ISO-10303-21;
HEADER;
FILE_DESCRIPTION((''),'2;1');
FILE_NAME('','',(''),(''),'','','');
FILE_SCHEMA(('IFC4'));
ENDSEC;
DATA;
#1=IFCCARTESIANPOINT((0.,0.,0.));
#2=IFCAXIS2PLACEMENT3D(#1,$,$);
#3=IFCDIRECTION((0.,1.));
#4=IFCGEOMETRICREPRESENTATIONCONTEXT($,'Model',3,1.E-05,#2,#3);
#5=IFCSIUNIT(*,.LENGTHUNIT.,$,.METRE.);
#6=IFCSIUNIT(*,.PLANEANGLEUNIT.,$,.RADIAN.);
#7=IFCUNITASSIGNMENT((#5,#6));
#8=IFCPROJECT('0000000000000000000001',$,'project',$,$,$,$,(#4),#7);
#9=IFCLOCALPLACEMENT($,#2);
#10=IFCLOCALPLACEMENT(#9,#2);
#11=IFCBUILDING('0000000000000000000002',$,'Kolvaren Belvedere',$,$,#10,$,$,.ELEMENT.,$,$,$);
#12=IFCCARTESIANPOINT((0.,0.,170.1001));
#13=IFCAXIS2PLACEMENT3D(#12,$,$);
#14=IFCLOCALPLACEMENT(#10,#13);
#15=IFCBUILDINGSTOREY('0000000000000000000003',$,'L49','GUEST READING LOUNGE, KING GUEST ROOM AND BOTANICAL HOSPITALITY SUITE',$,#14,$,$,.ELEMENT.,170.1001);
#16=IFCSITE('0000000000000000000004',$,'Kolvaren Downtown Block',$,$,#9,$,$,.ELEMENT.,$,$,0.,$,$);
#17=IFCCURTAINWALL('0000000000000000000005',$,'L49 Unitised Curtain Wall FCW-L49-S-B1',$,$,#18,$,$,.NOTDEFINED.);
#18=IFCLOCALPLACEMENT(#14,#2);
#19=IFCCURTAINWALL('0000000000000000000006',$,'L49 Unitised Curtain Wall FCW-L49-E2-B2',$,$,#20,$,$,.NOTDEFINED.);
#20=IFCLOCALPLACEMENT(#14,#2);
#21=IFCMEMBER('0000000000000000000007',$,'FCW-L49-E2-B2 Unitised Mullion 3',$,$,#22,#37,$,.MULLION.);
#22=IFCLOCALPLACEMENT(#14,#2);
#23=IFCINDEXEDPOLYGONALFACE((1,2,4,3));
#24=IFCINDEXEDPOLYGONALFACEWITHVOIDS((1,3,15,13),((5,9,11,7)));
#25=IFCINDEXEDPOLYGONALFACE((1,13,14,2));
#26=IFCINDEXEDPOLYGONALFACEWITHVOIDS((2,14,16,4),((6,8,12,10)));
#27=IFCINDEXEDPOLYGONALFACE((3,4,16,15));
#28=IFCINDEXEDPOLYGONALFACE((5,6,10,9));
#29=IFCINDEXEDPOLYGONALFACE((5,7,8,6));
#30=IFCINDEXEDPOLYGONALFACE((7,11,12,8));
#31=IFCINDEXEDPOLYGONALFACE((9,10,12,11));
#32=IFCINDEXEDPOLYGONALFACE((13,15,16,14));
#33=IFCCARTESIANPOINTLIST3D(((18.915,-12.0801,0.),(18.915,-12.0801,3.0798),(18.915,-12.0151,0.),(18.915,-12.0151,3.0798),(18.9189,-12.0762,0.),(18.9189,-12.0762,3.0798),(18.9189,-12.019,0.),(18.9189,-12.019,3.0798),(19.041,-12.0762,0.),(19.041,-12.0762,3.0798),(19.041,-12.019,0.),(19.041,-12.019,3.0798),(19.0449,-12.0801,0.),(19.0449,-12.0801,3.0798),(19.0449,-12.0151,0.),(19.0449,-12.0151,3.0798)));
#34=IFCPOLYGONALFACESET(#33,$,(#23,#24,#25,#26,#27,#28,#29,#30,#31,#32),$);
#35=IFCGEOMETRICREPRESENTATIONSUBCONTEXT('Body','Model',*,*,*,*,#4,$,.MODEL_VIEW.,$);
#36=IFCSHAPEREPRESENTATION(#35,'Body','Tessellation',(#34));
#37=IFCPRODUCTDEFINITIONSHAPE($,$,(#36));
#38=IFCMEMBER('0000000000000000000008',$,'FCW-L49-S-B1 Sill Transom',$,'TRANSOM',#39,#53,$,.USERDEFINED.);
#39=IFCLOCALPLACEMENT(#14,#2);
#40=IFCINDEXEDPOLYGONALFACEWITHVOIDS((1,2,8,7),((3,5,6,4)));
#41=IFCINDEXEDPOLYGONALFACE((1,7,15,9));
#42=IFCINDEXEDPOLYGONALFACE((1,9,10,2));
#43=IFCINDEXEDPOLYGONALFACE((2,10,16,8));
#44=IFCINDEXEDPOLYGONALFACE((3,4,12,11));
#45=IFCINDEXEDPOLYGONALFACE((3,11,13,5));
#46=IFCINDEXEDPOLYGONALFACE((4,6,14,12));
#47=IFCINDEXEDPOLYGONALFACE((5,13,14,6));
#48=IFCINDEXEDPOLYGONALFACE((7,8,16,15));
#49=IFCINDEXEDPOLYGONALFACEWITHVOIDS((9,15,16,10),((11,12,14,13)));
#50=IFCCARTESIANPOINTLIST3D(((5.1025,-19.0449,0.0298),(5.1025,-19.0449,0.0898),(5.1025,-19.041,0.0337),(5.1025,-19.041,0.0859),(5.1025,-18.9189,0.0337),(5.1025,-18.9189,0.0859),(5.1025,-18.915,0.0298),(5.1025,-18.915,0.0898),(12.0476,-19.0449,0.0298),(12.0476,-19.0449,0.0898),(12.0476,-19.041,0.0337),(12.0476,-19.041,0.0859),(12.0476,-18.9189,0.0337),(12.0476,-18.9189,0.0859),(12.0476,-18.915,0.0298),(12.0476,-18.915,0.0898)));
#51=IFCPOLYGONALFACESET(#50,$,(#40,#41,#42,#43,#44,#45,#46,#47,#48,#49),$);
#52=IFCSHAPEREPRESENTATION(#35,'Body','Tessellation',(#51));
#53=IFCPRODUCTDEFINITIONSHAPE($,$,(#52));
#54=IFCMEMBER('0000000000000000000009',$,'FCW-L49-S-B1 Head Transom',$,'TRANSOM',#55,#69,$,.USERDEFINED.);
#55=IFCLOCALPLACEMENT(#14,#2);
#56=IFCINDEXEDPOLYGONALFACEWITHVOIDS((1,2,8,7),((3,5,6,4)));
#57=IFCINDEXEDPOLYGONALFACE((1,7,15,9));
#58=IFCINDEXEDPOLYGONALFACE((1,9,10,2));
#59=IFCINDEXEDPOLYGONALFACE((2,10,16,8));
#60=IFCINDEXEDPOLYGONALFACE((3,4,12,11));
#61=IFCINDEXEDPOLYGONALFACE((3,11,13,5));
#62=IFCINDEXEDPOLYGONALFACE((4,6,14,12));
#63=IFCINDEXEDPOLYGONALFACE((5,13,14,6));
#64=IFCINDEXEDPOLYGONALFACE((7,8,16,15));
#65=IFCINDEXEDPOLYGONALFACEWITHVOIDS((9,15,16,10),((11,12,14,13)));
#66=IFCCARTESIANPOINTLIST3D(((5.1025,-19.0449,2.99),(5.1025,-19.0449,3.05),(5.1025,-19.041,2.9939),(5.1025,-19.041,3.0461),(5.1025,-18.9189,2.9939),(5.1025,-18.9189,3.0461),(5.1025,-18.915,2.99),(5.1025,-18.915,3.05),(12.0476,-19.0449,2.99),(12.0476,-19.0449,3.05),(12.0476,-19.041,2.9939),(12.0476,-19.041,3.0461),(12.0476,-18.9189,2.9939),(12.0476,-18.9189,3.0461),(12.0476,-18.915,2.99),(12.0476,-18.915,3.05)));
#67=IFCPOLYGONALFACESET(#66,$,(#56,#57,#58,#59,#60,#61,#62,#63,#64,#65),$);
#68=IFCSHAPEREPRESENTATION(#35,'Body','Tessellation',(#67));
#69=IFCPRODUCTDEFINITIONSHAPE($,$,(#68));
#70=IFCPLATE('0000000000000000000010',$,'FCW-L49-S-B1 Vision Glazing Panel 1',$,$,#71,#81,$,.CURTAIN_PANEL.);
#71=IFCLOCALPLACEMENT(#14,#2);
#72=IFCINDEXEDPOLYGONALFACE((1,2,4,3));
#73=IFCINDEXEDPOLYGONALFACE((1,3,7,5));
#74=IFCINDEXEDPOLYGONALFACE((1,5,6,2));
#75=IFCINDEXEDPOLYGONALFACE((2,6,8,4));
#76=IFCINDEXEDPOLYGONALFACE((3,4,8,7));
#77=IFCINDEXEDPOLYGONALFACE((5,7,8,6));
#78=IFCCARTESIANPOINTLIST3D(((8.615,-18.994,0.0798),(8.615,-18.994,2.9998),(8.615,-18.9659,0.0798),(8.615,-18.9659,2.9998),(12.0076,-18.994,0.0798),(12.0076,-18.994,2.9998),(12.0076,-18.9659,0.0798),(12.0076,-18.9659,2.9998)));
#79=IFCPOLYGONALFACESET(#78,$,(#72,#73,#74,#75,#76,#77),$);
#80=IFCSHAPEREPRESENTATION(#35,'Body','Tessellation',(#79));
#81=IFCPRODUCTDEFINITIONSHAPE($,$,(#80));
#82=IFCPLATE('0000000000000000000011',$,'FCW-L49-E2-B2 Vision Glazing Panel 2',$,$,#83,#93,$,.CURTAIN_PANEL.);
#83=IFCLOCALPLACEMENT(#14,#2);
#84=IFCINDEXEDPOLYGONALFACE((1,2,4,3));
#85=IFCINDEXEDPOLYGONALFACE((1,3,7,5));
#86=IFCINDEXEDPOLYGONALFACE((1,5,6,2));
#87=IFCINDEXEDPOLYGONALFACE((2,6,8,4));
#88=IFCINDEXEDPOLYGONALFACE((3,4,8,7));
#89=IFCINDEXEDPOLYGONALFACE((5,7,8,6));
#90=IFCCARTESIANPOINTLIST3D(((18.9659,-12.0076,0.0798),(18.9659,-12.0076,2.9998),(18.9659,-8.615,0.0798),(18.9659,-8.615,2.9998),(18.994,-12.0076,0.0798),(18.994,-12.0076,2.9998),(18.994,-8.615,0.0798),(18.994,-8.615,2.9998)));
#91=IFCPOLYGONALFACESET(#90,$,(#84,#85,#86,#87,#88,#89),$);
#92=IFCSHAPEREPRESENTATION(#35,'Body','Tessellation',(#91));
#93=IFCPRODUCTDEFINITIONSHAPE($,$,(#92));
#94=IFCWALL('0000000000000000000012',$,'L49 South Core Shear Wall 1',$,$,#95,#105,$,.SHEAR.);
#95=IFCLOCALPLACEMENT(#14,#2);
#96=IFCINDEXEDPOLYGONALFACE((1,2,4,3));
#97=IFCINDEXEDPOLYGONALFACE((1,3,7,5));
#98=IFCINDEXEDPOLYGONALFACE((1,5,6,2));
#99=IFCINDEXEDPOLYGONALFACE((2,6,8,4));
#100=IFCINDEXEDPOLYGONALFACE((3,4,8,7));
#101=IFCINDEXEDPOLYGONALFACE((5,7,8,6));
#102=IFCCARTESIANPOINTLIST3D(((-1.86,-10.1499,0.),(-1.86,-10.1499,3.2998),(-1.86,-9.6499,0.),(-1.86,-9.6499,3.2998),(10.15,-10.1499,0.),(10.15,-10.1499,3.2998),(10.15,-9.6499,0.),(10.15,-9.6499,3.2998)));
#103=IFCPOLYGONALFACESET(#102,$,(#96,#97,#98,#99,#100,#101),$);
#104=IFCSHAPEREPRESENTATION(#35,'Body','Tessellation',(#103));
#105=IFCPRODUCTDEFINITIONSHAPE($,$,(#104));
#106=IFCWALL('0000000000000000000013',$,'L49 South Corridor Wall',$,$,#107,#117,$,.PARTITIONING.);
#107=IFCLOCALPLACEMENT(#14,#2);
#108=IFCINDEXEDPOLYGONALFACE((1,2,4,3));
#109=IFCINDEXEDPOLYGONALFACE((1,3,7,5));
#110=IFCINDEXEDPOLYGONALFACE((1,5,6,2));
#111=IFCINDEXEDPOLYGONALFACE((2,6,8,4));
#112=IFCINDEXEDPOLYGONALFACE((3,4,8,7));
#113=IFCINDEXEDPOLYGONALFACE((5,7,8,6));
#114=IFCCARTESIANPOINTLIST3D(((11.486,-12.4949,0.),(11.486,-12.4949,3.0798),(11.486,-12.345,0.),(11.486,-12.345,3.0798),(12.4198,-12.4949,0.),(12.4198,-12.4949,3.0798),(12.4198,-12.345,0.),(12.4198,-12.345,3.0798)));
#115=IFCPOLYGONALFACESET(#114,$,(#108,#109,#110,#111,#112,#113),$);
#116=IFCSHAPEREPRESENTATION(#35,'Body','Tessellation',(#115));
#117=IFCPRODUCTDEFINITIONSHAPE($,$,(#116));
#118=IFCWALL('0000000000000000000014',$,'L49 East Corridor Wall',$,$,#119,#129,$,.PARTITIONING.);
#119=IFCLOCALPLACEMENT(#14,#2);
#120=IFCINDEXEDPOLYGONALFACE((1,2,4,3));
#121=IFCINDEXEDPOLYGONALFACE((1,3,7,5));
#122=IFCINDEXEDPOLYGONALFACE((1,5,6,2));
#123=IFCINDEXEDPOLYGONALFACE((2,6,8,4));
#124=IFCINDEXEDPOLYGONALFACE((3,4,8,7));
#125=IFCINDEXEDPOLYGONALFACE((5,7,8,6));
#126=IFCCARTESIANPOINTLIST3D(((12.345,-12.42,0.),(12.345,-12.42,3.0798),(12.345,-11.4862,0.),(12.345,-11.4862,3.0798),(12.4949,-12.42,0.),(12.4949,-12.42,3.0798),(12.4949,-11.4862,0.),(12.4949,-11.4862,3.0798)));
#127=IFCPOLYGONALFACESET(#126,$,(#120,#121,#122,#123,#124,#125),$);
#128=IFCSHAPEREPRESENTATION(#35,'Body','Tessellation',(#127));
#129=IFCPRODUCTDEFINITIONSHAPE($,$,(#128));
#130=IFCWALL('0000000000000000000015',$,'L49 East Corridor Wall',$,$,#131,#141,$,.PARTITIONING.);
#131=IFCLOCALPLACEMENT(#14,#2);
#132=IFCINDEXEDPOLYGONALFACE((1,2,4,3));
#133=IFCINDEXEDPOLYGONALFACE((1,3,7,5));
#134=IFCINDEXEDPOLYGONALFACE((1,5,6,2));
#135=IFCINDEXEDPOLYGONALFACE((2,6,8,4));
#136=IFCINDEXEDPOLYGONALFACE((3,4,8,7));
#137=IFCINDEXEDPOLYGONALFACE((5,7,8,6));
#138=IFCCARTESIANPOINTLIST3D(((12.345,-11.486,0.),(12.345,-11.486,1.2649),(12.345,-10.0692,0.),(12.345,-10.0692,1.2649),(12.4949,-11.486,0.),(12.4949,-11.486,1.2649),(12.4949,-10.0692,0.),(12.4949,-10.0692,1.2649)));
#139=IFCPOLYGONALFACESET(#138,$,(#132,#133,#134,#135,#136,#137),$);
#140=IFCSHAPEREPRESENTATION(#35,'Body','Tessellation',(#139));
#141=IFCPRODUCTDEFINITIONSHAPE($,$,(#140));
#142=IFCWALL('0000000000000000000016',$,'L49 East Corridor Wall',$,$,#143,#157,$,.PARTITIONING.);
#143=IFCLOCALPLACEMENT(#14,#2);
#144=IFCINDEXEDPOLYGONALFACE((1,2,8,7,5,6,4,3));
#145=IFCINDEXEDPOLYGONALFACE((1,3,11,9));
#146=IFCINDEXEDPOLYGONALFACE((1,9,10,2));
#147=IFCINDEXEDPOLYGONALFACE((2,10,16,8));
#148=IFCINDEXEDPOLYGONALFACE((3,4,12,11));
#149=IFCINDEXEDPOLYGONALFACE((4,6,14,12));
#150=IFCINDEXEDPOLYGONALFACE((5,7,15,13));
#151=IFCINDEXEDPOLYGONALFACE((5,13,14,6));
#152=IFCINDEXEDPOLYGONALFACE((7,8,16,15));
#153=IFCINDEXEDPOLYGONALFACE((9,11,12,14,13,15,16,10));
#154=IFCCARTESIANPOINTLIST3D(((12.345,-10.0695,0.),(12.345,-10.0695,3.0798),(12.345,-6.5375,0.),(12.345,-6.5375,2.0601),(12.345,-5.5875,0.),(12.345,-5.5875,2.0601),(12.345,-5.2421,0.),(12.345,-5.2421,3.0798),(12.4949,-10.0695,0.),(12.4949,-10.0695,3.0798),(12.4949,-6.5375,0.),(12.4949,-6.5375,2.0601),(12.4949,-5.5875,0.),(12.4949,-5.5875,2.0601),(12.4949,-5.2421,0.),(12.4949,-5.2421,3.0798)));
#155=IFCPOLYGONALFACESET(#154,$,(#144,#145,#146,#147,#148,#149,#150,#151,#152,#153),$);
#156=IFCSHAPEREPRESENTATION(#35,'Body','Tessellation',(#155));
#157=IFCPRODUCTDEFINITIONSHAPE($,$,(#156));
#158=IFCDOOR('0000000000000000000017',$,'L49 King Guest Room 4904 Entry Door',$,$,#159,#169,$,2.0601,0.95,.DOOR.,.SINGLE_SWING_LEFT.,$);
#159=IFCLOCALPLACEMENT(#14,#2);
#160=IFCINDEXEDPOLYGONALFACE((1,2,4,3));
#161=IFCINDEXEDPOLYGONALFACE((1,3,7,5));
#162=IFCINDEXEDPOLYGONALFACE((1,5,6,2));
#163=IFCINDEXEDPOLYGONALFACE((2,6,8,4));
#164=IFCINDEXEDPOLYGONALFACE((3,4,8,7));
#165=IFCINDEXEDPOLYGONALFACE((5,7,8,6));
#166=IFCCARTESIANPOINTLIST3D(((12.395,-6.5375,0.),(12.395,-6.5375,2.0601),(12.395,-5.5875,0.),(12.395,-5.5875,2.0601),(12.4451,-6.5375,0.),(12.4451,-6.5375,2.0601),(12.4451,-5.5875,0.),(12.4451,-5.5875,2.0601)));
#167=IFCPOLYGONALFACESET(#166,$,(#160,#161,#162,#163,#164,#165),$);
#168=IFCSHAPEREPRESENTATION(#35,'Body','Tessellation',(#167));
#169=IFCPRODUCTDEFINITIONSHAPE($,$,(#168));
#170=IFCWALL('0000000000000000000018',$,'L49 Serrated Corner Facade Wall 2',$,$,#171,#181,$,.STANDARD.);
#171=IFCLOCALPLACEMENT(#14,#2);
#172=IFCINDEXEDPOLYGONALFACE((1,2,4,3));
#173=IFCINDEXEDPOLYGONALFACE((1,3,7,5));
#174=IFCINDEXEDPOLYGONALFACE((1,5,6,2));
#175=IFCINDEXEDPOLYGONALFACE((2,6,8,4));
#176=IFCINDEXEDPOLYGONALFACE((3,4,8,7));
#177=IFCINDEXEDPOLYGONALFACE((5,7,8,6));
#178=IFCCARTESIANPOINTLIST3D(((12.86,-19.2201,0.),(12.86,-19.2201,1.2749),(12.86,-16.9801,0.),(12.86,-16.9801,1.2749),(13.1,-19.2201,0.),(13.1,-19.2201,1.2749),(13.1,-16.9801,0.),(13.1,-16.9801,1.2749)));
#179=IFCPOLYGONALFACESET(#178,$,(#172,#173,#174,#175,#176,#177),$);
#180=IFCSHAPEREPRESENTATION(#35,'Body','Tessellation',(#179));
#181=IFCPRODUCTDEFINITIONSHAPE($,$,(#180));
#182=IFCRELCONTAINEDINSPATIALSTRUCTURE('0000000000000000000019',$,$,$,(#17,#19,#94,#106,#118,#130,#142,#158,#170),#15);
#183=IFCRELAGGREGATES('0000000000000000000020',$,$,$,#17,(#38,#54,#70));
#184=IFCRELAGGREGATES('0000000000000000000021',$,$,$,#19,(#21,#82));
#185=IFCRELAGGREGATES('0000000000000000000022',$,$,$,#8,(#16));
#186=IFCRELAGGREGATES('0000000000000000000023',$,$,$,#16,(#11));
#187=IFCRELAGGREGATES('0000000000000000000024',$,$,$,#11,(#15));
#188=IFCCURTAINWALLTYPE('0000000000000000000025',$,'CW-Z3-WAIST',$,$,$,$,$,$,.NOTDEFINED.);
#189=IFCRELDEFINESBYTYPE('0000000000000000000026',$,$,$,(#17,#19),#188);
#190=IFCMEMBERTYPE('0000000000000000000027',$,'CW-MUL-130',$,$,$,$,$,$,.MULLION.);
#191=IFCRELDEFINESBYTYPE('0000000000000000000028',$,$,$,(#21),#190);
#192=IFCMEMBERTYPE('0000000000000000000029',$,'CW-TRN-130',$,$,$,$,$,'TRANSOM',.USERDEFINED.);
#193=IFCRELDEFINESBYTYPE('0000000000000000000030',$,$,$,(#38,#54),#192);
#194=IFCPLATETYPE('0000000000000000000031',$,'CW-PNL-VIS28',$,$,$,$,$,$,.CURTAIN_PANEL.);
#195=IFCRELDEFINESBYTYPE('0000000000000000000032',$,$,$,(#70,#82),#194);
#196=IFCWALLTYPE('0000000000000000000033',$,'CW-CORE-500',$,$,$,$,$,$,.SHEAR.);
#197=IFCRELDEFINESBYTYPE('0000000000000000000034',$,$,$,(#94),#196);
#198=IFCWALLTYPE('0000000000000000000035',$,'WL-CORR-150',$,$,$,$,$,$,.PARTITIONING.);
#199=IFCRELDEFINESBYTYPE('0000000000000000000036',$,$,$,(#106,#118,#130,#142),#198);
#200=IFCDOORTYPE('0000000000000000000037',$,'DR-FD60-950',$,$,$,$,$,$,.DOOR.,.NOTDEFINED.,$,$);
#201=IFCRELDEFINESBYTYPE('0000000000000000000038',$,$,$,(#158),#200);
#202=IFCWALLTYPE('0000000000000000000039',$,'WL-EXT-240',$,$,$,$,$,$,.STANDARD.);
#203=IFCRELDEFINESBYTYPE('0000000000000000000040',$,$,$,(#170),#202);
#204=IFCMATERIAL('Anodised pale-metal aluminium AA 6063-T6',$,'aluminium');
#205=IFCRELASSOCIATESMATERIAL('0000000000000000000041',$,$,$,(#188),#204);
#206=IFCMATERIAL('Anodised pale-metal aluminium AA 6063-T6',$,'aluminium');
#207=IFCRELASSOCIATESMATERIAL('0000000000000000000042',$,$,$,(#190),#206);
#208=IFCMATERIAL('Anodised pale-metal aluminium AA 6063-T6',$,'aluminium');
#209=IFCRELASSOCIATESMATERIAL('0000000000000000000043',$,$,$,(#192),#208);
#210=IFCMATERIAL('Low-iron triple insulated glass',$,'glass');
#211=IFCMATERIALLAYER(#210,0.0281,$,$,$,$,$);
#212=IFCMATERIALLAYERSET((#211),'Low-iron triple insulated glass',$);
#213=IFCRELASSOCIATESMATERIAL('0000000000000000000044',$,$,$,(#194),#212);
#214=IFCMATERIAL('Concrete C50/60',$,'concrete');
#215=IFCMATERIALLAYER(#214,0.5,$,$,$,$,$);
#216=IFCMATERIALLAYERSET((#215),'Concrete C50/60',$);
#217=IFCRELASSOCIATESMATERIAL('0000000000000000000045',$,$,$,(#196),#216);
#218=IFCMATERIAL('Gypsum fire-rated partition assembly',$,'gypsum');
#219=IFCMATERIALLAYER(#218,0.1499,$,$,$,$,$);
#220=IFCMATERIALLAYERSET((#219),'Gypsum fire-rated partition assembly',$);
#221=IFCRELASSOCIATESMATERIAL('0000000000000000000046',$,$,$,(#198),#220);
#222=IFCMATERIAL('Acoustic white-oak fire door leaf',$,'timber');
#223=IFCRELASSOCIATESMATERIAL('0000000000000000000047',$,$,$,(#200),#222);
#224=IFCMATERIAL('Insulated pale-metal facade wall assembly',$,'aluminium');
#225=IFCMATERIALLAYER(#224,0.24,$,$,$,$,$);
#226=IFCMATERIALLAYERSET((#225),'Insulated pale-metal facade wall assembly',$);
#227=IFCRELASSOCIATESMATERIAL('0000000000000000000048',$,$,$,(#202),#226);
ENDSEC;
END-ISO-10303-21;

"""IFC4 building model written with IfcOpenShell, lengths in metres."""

from ifc_helpers import new_model, si_unit, direction, frame, frame_2d, origin, origin_2d, place, context, subcontext, project, spatial, rectangle, hollow_rectangle, extrude, material, layer, layer_set, material_profile, profile_set, type_object, element, fill, aggregate, save


model = new_model("IFC4")

# Units and contexts
model_context = context("Model", 3, precision=1e-05, world=origin(), true_north=direction((0.0, 1.0)))
body_context = subcontext(model_context, "Body", "Model", "MODEL_VIEW")
ifc_project = project(units=[si_unit("LENGTHUNIT", "METRE"), si_unit("PLANEANGLEUNIT", "RADIAN")], contexts=[model_context])

# Site, building, storey
site_placement = place(None, origin())
site = spatial("IfcSite", under=ifc_project, at=site_placement, Name="Kolvaren Downtown Block", CompositionType="ELEMENT", RefElevation=0.0)
building_placement = place(site_placement, origin())
building = spatial("IfcBuilding", under=site, at=building_placement, Name="Kolvaren Belvedere", CompositionType="ELEMENT")
storey_placement = place(building_placement, frame((0.0, 0.0, 170.1001)))
storey = spatial("IfcBuildingStorey", under=building, at=storey_placement, Name="L49", Description="GUEST READING LOUNGE, KING GUEST ROOM AND BOTANICAL HOSPITALITY SUITE", CompositionType="ELEMENT", Elevation=170.1001)

# Curtain walls, member
ifc_material_1 = material(Name="Anodised pale-metal aluminium AA 6063-T6", Category="aluminium")
curtain_wall_type = type_object("IfcCurtainWallType", Name="CW-Z3-WAIST", PredefinedType="NOTDEFINED", material=ifc_material_1)
curtain_wall_1_placement = place(storey_placement, origin())
curtain_wall_1 = element("IfcCurtainWall", 1, at=curtain_wall_1_placement, inside=storey, type_object=curtain_wall_type, Name="L49 Unitised Curtain Wall FCW-L49-S-B1", PredefinedType="NOTDEFINED")
ifc_material_2 = material(Name="Anodised pale-metal aluminium AA 6063-T6", Category="aluminium")
ifc_material_profile_1 = material_profile(ifc_material_2, hollow_rectangle(XDim=0.0649, YDim=0.1299, WallThickness=0.0039, at=origin_2d()), Name="ALU-MUL-130X65")
ifc_profile_set_1 = profile_set([ifc_material_profile_1], Name="Anodised pale-metal aluminium AA 6063-T6")
member_type_1 = type_object("IfcMemberType", Name="CW-MUL-130", PredefinedType="MULLION", material=ifc_profile_set_1)
curtain_wall_2_placement = place(storey_placement, origin())
curtain_wall_2 = element("IfcCurtainWall", 2, at=curtain_wall_2_placement, inside=storey, type_object=curtain_wall_type, Name="L49 Unitised Curtain Wall FCW-L49-E2-B2", PredefinedType="NOTDEFINED")
member_1_placement = place(storey_placement, frame((18.98, -12.0476, 0.0), z_axis=(0.0, 0.0, 1.0), x_axis=(0.0, 1.0, 0.0)))
member_1 = element("IfcMember", 3, at=member_1_placement, type_object=member_type_1, Name="FCW-L49-E2-B2 Unitised Mullion 3", PredefinedType="MULLION", context=body_context, shape_type="SweptSolid", body=[
    extrude(hollow_rectangle(XDim=0.0649, YDim=0.1299, WallThickness=0.0039, at=origin_2d()), origin(), (0.0, 0.0, 1.0), 3.0798),
])

# Members
ifc_material_3 = material(Name="Anodised pale-metal aluminium AA 6063-T6", Category="aluminium")
ifc_material_profile_2 = material_profile(ifc_material_3, hollow_rectangle(XDim=0.0601, YDim=0.1299, WallThickness=0.0039, at=origin_2d()), Name="ALU-TRN-130X60")
ifc_profile_set_2 = profile_set([ifc_material_profile_2], Name="Anodised pale-metal aluminium AA 6063-T6")
member_type_2 = type_object("IfcMemberType", Name="CW-TRN-130", ElementType="TRANSOM", PredefinedType="USERDEFINED", material=ifc_profile_set_2)
member_2_placement = place(storey_placement, frame((12.0476, -18.98, 0.0598), z_axis=(-1.0, 0.0, 0.0), x_axis=(0.0, 0.0, 1.0)))
member_2 = element("IfcMember", 4, at=member_2_placement, type_object=member_type_2, Name="FCW-L49-S-B1 Sill Transom", ObjectType="TRANSOM", PredefinedType="USERDEFINED", context=body_context, shape_type="SweptSolid", body=[
    extrude(hollow_rectangle(XDim=0.0601, YDim=0.1299, WallThickness=0.0039, at=origin_2d()), origin(), (0.0, 0.0, 1.0), 6.9451),
])
member_3_placement = place(storey_placement, frame((12.0476, -18.98, 3.02), z_axis=(-1.0, 0.0, 0.0), x_axis=(0.0, 0.0, 1.0)))
member_3 = element("IfcMember", 5, at=member_3_placement, type_object=member_type_2, Name="FCW-L49-S-B1 Head Transom", ObjectType="TRANSOM", PredefinedType="USERDEFINED", context=body_context, shape_type="SweptSolid", body=[
    extrude(hollow_rectangle(XDim=0.0601, YDim=0.1299, WallThickness=0.0039, at=origin_2d()), origin(), (0.0, 0.0, 1.0), 6.9451),
])

# Plates
ifc_material_4 = material(Name="Low-iron triple insulated glass", Category="glass")
ifc_layer_1 = layer(ifc_material_4, 0.0281)
ifc_layer_set_1 = layer_set([ifc_layer_1], Name="Low-iron triple insulated glass")
plate_type = type_object("IfcPlateType", Name="CW-PNL-VIS28", PredefinedType="CURTAIN_PANEL", material=ifc_layer_set_1)
plate_1_placement = place(storey_placement, frame((10.3113, -18.98, 0.0798), z_axis=(0.0, 0.0, 1.0), x_axis=(-1.0, 0.0, 0.0)))
plate_1 = element("IfcPlate", 6, at=plate_1_placement, type_object=plate_type, Name="FCW-L49-S-B1 Vision Glazing Panel 1", PredefinedType="CURTAIN_PANEL", context=body_context, shape_type="SweptSolid", body=[
    extrude(rectangle(XDim=3.3926, YDim=0.0281, at=origin_2d()), origin(), (0.0, 0.0, 1.0), 2.9199),
])
aggregate(curtain_wall_1, [member_2, member_3, plate_1])
plate_2_placement = place(storey_placement, frame((18.98, -10.3113, 0.0798), z_axis=(0.0, 0.0, 1.0), x_axis=(0.0, -1.0, 0.0)))
plate_2 = element("IfcPlate", 7, at=plate_2_placement, type_object=plate_type, Name="FCW-L49-E2-B2 Vision Glazing Panel 2", PredefinedType="CURTAIN_PANEL", context=body_context, shape_type="SweptSolid", body=[
    extrude(rectangle(XDim=3.3926, YDim=0.0281, at=origin_2d()), origin(), (0.0, 0.0, 1.0), 2.9199),
])
aggregate(curtain_wall_2, [member_1, plate_2])

# Walls
ifc_material_5 = material(Name="Concrete C50/60", Category="concrete")
ifc_layer_2 = layer(ifc_material_5, 0.5)
ifc_layer_set_2 = layer_set([ifc_layer_2], Name="Concrete C50/60")
wall_type_1 = type_object("IfcWallType", Name="CW-CORE-500", PredefinedType="SHEAR", material=ifc_layer_set_2)
wall_1_placement = place(storey_placement, frame((10.1499, -9.8999, 0.0), z_axis=(0.0, 0.0, 1.0), x_axis=(-1.0, 0.0, 0.0)))
element("IfcWall", 8, at=wall_1_placement, inside=storey, type_object=wall_type_1, Name="L49 South Core Shear Wall 1", PredefinedType="SHEAR", context=body_context, shape_type="SweptSolid", body=[
    extrude(rectangle(XDim=12.01, YDim=0.5, at=frame_2d((6.0049, 0.0))), origin(), (0.0, 0.0, 1.0), 3.2998),
])
ifc_material_6 = material(Name="Gypsum fire-rated partition assembly", Category="gypsum")
ifc_layer_3 = layer(ifc_material_6, 0.1499)
ifc_layer_set_3 = layer_set([ifc_layer_3], Name="Gypsum fire-rated partition assembly")
wall_type_2 = type_object("IfcWallType", Name="WL-CORR-150", PredefinedType="PARTITIONING", material=ifc_layer_set_3)
for number, where, z_axis, x_axis, name in (
    (9, (11.4861, -12.4199, 0.0), (0.0, 0.0, 1.0), (1.0, 0.0, 0.0), "L49 South Corridor Wall"),
    (10, (12.4199, -12.4199, 0.0), (0.0, 0.0, 1.0), (0.0, 1.0, 0.0), "L49 East Corridor Wall"),
):
    element("IfcWall", number, at=place(storey_placement, frame(where, z_axis=z_axis, x_axis=x_axis)), inside=storey, type_object=wall_type_2, Name=name, PredefinedType="PARTITIONING", context=body_context, shape_type="SweptSolid", body=[
        extrude(rectangle(XDim=0.9338, YDim=0.1499, at=frame_2d((0.4668, 0.0))), origin(), (0.0, 0.0, 1.0), 3.0798),
    ])
wall_2_placement = place(storey_placement, frame((12.4199, -11.4861, 0.0), z_axis=(0.0, 0.0, 1.0), x_axis=(0.0, 1.0, 0.0)))
element("IfcWall", 11, at=wall_2_placement, inside=storey, type_object=wall_type_2, Name="L49 East Corridor Wall", PredefinedType="PARTITIONING", context=body_context, shape_type="SweptSolid", body=[
    extrude(rectangle(XDim=1.4167, YDim=0.1499, at=frame_2d((0.7085, 0.0))), origin(), (0.0, 0.0, 1.0), 1.2649),
])

# Wall, opening, door
wall_3_placement = place(storey_placement, frame((12.4199, -10.0693, 0.0), z_axis=(0.0, 0.0, 1.0), x_axis=(0.0, 1.0, 0.0)))
wall_3 = element("IfcWall", 12, at=wall_3_placement, inside=storey, type_object=wall_type_2, Name="L49 East Corridor Wall", PredefinedType="PARTITIONING", context=body_context, shape_type="SweptSolid", body=[
    extrude(rectangle(XDim=4.8274, YDim=0.1499, at=frame_2d((2.4136, 0.0))), origin(), (0.0, 0.0, 1.0), 3.0798),
])
opening_1_placement = place(wall_3_placement, frame((3.5317, 0.0, 0.0)))
opening_1 = element("IfcOpeningElement", 13, at=opening_1_placement, cuts=wall_3, PredefinedType="OPENING", context=body_context, shape_type="SweptSolid", body=[
    extrude(rectangle(XDim=0.95, YDim=2.0601, at=frame_2d((0.4751, 1.03))), frame((0.0, 0.085, 0.0), z_axis=(0.0, -1.0, 0.0), x_axis=(1.0, 0.0, 0.0)), (0.0, 0.0, 1.0), 0.1699),
])
ifc_material_7 = material(Name="Acoustic white-oak fire door leaf", Category="timber")
door_type = type_object("IfcDoorType", Name="DR-FD60-950", OperationType="NOTDEFINED", PredefinedType="DOOR", material=ifc_material_7)
door_placement = place(opening_1_placement, origin())
door = element("IfcDoor", 14, at=door_placement, inside=storey, type_object=door_type, Name="L49 King Guest Room 4904 Entry Door", OperationType="SINGLE_SWING_LEFT", OverallHeight=2.0601, OverallWidth=0.95, PredefinedType="DOOR", context=body_context, shape_type="SweptSolid", body=[
    extrude(rectangle(XDim=0.95, YDim=2.0601, at=frame_2d((0.4751, 1.03))), frame((0.0, 0.0249, 0.0), z_axis=(0.0, -1.0, 0.0), x_axis=(1.0, 0.0, 0.0)), (0.0, 0.0, 1.0), 0.05),
])
fill(opening_1, door)

# Wall
ifc_material_8 = material(Name="Insulated pale-metal facade wall assembly", Category="aluminium")
ifc_layer_4 = layer(ifc_material_8, 0.24)
ifc_layer_set_4 = layer_set([ifc_layer_4], Name="Insulated pale-metal facade wall assembly")
wall_type_3 = type_object("IfcWallType", Name="WL-EXT-240", PredefinedType="STANDARD", material=ifc_layer_set_4)
for number, where, z_axis, x_axis, name in (
    (15, (12.98, -16.98, 0.0), (0.0, 0.0, 1.0), (0.0, -1.0, 0.0), "L49 Serrated Corner Facade Wall 2"),
):
    element("IfcWall", number, at=place(storey_placement, frame(where, z_axis=z_axis, x_axis=x_axis)), inside=storey, type_object=wall_type_3, Name=name, PredefinedType="STANDARD", context=body_context, shape_type="SweptSolid", body=[
        extrude(rectangle(XDim=2.24, YDim=0.24, at=frame_2d((1.1201, 0.0))), origin(), (0.0, 0.0, 1.0), 1.2749),
    ])

save(model, "model.ifc")
